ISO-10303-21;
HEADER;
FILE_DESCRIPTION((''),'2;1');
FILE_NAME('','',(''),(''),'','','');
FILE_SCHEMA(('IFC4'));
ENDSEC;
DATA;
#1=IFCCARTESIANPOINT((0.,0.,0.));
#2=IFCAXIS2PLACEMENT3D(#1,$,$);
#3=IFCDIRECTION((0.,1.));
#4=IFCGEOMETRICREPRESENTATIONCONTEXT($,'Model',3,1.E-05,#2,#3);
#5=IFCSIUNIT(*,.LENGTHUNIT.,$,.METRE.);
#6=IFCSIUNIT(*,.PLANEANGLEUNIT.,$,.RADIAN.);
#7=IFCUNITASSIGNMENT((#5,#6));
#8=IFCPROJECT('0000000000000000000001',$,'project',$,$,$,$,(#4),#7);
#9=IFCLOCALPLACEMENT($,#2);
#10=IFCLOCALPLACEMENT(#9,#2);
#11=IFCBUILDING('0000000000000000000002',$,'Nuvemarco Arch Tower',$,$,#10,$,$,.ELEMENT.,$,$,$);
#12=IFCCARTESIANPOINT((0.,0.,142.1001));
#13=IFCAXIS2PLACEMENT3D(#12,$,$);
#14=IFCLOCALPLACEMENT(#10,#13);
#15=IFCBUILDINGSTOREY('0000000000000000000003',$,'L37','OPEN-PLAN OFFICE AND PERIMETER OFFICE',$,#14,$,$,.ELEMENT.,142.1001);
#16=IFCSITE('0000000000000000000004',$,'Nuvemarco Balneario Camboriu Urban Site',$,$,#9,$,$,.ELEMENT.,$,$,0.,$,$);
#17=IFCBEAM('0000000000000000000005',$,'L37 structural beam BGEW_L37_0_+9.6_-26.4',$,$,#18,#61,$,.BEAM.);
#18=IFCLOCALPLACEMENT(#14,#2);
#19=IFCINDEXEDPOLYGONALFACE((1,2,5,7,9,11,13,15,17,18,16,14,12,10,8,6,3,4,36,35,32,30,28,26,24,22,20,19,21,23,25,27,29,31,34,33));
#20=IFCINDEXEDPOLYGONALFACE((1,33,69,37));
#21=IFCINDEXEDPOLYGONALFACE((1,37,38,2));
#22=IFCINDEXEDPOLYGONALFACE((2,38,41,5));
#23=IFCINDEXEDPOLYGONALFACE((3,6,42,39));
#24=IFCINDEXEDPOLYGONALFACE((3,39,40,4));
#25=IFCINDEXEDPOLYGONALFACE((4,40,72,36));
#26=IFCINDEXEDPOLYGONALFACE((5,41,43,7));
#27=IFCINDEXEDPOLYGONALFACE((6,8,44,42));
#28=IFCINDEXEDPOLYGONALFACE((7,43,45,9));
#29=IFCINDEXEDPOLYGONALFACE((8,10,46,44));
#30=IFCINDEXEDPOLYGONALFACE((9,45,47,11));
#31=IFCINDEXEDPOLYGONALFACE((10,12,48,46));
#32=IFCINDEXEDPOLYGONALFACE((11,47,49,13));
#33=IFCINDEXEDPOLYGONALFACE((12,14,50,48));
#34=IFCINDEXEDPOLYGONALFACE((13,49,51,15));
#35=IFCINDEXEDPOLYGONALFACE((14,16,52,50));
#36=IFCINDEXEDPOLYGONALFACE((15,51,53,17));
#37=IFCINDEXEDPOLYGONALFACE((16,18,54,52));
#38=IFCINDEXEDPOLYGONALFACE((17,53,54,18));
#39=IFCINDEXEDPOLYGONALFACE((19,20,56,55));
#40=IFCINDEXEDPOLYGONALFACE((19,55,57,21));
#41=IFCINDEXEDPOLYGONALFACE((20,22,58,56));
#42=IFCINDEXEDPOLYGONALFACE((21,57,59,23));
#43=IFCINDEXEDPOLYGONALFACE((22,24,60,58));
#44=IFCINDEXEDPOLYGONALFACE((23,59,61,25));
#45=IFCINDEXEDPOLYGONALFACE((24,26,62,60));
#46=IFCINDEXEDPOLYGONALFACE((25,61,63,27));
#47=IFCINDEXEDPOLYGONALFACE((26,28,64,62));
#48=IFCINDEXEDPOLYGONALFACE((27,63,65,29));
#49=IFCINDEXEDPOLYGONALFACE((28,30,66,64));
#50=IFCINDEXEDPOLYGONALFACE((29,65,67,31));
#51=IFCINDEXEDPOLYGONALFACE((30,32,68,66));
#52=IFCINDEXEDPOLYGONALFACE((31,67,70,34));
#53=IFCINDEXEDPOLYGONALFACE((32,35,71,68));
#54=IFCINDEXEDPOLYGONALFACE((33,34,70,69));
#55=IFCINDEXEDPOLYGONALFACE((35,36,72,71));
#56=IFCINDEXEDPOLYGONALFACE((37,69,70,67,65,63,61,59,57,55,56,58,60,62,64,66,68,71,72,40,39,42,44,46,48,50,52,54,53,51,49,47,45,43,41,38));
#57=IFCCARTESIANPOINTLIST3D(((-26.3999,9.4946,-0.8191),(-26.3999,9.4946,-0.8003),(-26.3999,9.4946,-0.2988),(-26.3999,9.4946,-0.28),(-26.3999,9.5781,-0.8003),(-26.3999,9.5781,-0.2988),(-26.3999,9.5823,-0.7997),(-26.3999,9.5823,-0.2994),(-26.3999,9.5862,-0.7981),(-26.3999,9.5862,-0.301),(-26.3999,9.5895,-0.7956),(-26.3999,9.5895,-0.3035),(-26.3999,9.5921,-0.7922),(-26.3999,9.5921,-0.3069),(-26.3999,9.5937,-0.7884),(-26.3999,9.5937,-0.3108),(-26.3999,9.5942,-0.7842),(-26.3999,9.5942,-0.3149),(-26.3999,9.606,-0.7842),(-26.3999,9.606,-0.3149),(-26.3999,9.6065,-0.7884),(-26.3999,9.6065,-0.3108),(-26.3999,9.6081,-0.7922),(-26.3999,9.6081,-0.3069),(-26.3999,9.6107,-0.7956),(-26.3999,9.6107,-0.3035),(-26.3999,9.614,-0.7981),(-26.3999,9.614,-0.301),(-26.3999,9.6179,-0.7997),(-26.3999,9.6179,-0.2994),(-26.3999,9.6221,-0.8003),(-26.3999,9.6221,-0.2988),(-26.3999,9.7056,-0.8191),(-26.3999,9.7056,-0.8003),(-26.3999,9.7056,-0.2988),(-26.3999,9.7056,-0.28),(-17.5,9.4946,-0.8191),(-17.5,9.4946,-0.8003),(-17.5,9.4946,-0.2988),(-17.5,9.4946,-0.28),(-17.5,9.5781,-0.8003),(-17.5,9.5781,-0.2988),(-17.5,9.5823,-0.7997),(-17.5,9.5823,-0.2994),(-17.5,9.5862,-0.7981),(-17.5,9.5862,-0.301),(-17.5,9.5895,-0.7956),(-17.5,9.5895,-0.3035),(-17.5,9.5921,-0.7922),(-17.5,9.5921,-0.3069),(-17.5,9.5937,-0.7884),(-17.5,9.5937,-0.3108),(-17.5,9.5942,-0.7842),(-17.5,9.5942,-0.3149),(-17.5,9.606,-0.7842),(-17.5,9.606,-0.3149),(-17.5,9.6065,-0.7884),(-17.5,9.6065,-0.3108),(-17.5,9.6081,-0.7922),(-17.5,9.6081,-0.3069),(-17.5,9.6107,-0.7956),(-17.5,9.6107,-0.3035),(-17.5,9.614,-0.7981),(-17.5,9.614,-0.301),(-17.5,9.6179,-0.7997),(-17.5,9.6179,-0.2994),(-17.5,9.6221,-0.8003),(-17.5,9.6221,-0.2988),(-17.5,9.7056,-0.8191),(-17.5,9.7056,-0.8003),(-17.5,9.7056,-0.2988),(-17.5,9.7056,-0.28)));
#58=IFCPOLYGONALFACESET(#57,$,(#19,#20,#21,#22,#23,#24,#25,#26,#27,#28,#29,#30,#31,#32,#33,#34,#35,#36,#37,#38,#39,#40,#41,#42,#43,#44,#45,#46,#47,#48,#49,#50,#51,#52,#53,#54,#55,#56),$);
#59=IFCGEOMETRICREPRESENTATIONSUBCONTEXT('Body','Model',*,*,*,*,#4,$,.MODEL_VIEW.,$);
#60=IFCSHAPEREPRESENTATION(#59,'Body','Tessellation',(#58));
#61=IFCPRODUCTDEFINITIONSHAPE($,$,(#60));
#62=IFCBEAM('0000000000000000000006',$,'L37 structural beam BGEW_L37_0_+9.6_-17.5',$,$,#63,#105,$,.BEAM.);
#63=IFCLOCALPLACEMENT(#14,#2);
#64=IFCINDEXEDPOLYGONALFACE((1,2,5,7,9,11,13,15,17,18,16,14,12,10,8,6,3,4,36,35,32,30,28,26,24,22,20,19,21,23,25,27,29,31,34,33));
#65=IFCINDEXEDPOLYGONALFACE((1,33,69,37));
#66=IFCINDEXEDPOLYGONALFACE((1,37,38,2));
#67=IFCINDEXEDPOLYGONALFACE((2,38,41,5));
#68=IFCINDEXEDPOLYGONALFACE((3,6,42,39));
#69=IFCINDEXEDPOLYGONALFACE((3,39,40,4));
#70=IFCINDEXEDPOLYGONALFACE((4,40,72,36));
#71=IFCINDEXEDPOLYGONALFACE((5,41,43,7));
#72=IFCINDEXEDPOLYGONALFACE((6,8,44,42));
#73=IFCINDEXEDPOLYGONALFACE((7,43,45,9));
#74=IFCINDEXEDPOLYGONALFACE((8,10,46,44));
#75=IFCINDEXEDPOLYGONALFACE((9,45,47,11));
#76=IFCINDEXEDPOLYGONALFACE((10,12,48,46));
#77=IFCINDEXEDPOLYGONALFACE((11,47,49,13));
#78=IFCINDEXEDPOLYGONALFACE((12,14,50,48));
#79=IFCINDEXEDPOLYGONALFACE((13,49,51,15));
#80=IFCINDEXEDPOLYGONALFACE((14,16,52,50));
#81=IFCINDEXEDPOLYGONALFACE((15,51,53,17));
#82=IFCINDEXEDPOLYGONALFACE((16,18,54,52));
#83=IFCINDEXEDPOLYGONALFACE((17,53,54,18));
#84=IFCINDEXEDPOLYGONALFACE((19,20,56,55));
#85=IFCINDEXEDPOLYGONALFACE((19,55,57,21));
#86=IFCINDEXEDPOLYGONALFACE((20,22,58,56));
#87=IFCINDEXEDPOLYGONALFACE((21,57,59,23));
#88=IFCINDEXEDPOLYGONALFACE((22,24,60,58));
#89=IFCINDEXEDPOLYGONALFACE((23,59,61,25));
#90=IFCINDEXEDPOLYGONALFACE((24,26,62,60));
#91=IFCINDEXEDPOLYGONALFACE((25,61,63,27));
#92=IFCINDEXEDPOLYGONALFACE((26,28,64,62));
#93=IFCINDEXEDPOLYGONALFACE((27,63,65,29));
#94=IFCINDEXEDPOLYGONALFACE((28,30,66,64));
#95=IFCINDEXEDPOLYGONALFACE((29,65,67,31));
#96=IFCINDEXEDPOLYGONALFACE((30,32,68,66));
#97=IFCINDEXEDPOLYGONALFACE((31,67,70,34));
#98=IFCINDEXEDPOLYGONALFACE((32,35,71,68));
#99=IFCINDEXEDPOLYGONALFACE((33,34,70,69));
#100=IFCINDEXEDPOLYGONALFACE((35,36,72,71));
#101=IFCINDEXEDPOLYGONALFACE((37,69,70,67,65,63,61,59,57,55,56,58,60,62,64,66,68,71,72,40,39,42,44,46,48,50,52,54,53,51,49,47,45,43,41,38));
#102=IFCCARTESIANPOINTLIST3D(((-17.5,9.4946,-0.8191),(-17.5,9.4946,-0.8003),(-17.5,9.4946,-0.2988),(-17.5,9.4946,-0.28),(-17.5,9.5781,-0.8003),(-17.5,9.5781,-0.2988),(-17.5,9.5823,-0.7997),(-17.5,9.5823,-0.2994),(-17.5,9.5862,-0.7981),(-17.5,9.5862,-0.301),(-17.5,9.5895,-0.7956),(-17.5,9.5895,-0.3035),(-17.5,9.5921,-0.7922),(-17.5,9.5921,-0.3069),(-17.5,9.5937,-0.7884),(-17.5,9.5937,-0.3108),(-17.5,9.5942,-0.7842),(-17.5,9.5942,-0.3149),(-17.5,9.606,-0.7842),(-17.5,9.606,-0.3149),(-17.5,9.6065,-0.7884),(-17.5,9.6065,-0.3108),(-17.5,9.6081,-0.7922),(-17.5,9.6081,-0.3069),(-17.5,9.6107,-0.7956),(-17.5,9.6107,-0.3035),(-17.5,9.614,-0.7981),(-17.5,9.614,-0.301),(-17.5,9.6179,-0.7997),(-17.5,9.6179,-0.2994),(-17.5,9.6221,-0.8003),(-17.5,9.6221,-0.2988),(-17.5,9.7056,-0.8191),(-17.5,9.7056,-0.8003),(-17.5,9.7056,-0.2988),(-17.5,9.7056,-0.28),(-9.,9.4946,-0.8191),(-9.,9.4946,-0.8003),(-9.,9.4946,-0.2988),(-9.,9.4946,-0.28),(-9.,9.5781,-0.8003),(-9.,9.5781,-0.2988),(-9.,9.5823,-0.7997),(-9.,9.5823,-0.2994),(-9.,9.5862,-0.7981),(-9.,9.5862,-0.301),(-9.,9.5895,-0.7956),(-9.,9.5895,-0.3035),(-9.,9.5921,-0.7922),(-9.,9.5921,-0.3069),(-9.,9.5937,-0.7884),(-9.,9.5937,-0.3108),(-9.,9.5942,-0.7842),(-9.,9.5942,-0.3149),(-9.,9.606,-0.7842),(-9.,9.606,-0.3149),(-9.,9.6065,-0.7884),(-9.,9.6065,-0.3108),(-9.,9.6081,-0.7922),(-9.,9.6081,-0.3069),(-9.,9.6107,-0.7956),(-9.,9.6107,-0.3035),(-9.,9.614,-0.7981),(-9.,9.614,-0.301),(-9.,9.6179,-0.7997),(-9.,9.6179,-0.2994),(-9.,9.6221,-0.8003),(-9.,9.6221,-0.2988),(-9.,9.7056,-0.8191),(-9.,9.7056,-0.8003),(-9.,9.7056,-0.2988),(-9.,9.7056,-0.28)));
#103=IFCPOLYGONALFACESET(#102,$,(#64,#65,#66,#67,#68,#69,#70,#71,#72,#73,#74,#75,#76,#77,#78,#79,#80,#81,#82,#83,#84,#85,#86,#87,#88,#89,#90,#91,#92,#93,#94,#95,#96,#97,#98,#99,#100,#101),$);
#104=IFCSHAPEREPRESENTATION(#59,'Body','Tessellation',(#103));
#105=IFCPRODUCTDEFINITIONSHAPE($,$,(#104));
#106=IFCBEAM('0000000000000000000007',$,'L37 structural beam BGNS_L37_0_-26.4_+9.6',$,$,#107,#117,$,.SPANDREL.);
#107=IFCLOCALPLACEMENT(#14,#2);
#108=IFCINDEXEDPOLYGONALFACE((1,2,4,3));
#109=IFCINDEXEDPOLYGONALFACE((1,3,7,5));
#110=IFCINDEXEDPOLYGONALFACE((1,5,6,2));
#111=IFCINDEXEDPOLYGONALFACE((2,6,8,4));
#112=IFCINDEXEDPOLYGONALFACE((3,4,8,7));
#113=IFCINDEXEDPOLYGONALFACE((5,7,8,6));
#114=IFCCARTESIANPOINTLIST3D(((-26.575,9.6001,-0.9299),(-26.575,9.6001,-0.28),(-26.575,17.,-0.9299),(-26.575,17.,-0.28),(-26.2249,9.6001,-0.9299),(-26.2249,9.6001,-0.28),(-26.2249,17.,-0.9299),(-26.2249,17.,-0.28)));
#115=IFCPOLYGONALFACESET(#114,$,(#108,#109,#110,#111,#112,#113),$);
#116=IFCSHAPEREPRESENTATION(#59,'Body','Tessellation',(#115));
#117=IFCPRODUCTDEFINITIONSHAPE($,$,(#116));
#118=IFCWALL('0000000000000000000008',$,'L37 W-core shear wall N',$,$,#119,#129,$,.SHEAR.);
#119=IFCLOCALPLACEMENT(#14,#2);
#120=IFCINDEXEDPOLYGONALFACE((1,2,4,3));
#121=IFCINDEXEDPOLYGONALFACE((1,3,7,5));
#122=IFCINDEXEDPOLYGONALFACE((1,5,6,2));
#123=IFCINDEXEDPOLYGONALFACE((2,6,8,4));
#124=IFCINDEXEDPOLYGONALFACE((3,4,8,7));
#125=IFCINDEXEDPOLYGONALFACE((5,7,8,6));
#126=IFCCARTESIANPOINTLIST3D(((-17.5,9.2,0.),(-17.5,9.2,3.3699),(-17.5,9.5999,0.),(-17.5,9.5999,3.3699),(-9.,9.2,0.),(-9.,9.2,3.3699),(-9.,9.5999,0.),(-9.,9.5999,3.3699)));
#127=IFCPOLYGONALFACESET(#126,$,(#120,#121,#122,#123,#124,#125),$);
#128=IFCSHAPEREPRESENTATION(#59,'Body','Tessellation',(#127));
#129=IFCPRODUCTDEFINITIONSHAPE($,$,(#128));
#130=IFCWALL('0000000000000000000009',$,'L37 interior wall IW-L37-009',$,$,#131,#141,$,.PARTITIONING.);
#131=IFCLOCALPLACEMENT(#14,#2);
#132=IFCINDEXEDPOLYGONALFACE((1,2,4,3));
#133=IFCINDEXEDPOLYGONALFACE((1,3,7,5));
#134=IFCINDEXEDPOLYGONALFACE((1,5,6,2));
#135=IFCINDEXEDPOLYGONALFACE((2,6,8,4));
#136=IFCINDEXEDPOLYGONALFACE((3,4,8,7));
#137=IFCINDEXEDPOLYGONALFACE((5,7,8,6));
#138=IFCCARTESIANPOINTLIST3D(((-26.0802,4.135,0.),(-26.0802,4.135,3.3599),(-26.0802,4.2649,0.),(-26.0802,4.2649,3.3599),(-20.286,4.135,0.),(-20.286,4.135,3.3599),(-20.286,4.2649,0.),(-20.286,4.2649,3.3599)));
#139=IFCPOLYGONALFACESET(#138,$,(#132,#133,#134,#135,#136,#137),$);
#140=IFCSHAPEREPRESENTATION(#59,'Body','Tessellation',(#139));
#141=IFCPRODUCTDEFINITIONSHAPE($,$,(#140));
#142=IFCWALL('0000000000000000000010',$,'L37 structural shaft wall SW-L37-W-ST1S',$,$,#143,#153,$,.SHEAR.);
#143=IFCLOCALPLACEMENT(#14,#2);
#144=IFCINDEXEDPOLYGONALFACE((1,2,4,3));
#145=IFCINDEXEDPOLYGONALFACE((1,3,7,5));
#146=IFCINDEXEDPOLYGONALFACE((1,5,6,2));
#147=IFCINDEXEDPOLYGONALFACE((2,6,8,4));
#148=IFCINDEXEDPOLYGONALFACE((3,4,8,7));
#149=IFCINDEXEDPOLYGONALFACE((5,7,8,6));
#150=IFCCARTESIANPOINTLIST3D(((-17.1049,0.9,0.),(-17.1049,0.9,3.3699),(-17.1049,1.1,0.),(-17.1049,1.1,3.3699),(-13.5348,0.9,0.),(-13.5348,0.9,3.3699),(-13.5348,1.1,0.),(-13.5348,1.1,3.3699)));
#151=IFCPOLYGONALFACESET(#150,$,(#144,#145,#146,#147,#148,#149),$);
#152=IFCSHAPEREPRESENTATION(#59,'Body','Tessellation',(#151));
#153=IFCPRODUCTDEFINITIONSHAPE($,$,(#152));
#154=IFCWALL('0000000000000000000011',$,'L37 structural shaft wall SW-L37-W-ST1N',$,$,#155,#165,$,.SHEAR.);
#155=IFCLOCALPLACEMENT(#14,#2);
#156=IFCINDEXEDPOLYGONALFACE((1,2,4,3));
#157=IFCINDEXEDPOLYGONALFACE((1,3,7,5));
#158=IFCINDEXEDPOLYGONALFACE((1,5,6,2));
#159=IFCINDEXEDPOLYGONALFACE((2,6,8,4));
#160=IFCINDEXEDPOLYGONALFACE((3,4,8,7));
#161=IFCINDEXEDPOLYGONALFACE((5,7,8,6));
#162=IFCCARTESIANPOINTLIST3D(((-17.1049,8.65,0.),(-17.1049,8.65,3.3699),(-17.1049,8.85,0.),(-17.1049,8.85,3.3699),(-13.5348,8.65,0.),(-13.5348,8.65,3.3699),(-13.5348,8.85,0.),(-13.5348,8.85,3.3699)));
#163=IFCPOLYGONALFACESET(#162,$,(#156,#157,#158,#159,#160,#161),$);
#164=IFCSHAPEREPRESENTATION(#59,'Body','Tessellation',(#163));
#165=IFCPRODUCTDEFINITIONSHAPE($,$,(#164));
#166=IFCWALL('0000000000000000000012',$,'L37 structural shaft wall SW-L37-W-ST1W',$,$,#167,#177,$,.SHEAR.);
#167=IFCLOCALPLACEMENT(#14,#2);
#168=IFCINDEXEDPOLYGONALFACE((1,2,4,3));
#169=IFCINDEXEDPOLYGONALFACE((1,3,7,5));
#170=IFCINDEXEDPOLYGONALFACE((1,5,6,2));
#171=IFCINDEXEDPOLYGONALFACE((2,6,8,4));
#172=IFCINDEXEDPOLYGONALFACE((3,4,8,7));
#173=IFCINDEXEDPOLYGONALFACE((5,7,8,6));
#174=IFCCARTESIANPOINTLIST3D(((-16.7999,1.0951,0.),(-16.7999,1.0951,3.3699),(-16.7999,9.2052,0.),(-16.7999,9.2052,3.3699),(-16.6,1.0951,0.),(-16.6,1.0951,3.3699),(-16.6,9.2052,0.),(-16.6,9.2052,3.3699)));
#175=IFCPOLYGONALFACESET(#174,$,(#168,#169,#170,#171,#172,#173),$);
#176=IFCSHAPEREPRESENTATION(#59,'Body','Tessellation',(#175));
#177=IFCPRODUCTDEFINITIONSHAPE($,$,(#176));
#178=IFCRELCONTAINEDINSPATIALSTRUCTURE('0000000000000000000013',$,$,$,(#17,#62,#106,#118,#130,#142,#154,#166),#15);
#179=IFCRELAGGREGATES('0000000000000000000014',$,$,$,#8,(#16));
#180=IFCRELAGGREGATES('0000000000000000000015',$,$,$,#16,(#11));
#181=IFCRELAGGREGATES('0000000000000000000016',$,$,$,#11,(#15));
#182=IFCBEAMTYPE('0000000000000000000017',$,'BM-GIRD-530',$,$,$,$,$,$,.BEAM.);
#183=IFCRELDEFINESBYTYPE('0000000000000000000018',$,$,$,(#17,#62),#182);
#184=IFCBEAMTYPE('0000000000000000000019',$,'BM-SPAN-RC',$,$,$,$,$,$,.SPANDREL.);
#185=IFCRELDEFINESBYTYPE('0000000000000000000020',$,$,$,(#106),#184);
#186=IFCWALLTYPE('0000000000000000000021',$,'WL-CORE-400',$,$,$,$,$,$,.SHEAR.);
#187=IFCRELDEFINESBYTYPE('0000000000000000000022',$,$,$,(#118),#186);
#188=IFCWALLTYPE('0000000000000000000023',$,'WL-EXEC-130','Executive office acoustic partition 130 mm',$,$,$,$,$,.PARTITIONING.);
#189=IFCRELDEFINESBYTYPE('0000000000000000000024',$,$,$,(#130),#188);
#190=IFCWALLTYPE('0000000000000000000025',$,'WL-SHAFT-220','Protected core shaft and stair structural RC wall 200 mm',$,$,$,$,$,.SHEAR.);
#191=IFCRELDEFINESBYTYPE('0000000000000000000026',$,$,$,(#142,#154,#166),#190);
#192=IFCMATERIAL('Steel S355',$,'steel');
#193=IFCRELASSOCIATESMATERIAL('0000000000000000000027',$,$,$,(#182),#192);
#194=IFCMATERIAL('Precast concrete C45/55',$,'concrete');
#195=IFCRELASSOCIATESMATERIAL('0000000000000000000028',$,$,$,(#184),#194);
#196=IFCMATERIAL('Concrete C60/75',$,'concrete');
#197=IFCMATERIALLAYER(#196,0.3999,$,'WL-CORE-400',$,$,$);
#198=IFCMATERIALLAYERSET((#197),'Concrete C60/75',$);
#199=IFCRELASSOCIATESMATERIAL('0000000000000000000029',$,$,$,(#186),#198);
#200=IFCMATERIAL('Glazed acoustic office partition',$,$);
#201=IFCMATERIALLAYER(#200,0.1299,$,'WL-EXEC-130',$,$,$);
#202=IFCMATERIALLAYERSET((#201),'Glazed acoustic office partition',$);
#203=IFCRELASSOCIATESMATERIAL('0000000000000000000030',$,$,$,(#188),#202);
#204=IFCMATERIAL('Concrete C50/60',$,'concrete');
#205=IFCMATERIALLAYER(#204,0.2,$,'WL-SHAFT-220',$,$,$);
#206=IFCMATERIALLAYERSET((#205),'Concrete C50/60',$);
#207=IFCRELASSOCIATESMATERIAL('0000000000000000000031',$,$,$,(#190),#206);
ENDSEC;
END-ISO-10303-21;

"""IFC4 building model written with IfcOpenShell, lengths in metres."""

from ifc_helpers import new_model, si_unit, direction, frame, frame_2d, origin, origin_2d, place, context, subcontext, project, spatial, rectangle, i_section, extrude, material, layer, layer_set, material_profile, profile_set, type_object, element, save


model = new_model("IFC4")

# Units and contexts
model_context = context("Model", 3, precision=1e-05, world=origin(), true_north=direction((0.0, 1.0)))
body_context = subcontext(model_context, "Body", "Model", "MODEL_VIEW")
ifc_project = project(units=[si_unit("LENGTHUNIT", "METRE"), si_unit("PLANEANGLEUNIT", "RADIAN")], contexts=[model_context])

# Site, building, storey
site_placement = place(None, origin())
site = spatial("IfcSite", under=ifc_project, at=site_placement, Name="Nuvemarco Balneario Camboriu Urban Site", CompositionType="ELEMENT", RefElevation=0.0)
building_placement = place(site_placement, origin())
building = spatial("IfcBuilding", under=site, at=building_placement, Name="Nuvemarco Arch Tower", CompositionType="ELEMENT")
storey_placement = place(building_placement, frame((0.0, 0.0, 142.1001)))
storey = spatial("IfcBuildingStorey", under=building, at=storey_placement, Name="L37", Description="OPEN-PLAN OFFICE AND PERIMETER OFFICE", CompositionType="ELEMENT", Elevation=142.1001)

# Shared definitions
ifc_material_1 = material(Name="Concrete C50/60", Category="concrete")
ifc_material_2 = material(Name="Steel S355", Category="steel")

# Beams
ifc_material_profile_1 = material_profile(ifc_material_2, i_section(OverallWidth=0.2109, OverallDepth=0.5391, WebThickness=0.0117, FlangeThickness=0.0188, FilletRadius=0.0161, at=origin_2d()), Name="W530x109")
ifc_profile_set_1 = profile_set([ifc_material_profile_1], Name="Steel S355")
beam_type_1 = type_object("IfcBeamType", Name="BM-GIRD-530", PredefinedType="BEAM", material=ifc_profile_set_1)
beam_1_placement = place(storey_placement, frame((-26.3999, 9.6001, -0.5496), z_axis=(1.0, 0.0, 0.0), x_axis=(0.0, 1.0, 0.0)))
element("IfcBeam", 1, at=beam_1_placement, inside=storey, type_object=beam_type_1, Name="L37 structural beam BGEW_L37_0_+9.6_-26.4", PredefinedType="BEAM", context=body_context, shape_type="SweptSolid", body=[
    extrude(i_section(OverallWidth=0.2109, OverallDepth=0.5391, WebThickness=0.0117, FlangeThickness=0.0188, FilletRadius=0.0161, at=origin_2d()), origin(), (0.0, 0.0, 1.0), 8.8999),
])
beam_2_placement = place(storey_placement, frame((-17.5, 9.6001, -0.5496), z_axis=(1.0, 0.0, 0.0), x_axis=(0.0, 1.0, 0.0)))
element("IfcBeam", 2, at=beam_2_placement, inside=storey, type_object=beam_type_1, Name="L37 structural beam BGEW_L37_0_+9.6_-17.5", PredefinedType="BEAM", context=body_context, shape_type="SweptSolid", body=[
    extrude(i_section(OverallWidth=0.2109, OverallDepth=0.5391, WebThickness=0.0117, FlangeThickness=0.0188, FilletRadius=0.0161, at=origin_2d()), origin(), (0.0, 0.0, 1.0), 8.5),
])
ifc_material_3 = material(Name="Precast concrete C45/55", Category="concrete")
ifc_material_profile_2 = material_profile(ifc_material_3, rectangle(XDim=0.3501, YDim=0.6499, at=origin_2d()), Name="PC-SP-350x650")
ifc_profile_set_2 = profile_set([ifc_material_profile_2], Name="Precast concrete C45/55")
beam_type_2 = type_object("IfcBeamType", Name="BM-SPAN-RC", PredefinedType="SPANDREL", material=ifc_profile_set_2)
beam_3_placement = place(storey_placement, frame((-26.3999, 9.6001, -0.605), z_axis=(0.0, 1.0, 0.0), x_axis=(-1.0, 0.0, 0.0)))
element("IfcBeam", 3, at=beam_3_placement, inside=storey, type_object=beam_type_2, Name="L37 structural beam BGNS_L37_0_-26.4_+9.6", PredefinedType="SPANDREL", context=body_context, shape_type="SweptSolid", body=[
    extrude(rectangle(XDim=0.3501, YDim=0.6499, at=origin_2d()), origin(), (0.0, 0.0, 1.0), 7.3999),
])

# Walls
ifc_material_4 = material(Name="Concrete C60/75", Category="concrete")
ifc_layer_1 = layer(ifc_material_4, 0.3999, Name="WL-CORE-400")
ifc_layer_set_1 = layer_set([ifc_layer_1], Name="Concrete C60/75")
wall_type_1 = type_object("IfcWallType", Name="WL-CORE-400", PredefinedType="SHEAR", material=ifc_layer_set_1)
wall_1_placement = place(storey_placement, frame((-17.5, 9.3999, 0.0), z_axis=(0.0, 0.0, 1.0), x_axis=(1.0, 0.0, 0.0)))
element("IfcWall", 4, at=wall_1_placement, inside=storey, type_object=wall_type_1, Name="L37 W-core shear wall N", PredefinedType="SHEAR", context=body_context, shape_type="SweptSolid", body=[
    extrude(rectangle(XDim=8.5, YDim=0.3999, at=frame_2d((4.25, 0.0))), origin(), (0.0, 0.0, 1.0), 3.3699),
])
ifc_material_5 = material(Name="Glazed acoustic office partition")
ifc_layer_2 = layer(ifc_material_5, 0.1299, Name="WL-EXEC-130")
ifc_layer_set_2 = layer_set([ifc_layer_2], Name="Glazed acoustic office partition")
wall_type_2 = type_object("IfcWallType", Name="WL-EXEC-130", Description="Executive office acoustic partition 130 mm", PredefinedType="PARTITIONING", material=ifc_layer_set_2)
wall_2_placement = place(storey_placement, frame((-26.0801, 4.2, 0.0), z_axis=(0.0, 0.0, 1.0), x_axis=(1.0, 0.0, 0.0)))
element("IfcWall", 5, at=wall_2_placement, inside=storey, type_object=wall_type_2, Name="L37 interior wall IW-L37-009", PredefinedType="PARTITIONING", context=body_context, shape_type="SweptSolid", body=[
    extrude(rectangle(XDim=5.7942, YDim=0.1299, at=frame_2d((2.897, 0.0))), origin(), (0.0, 0.0, 1.0), 3.3599),
])
ifc_layer_3 = layer(ifc_material_1, 0.2, Name="WL-SHAFT-220")
ifc_layer_set_3 = layer_set([ifc_layer_3], Name="Concrete C50/60")
wall_type_3 = type_object("IfcWallType", Name="WL-SHAFT-220", Description="Protected core shaft and stair structural RC wall 200 mm", PredefinedType="SHEAR", material=ifc_layer_set_3)
for number, where, z_axis, x_axis, name in (
    (6, (-17.105, 1.0, 0.0), (0.0, 0.0, 1.0), (1.0, 0.0, 0.0), "L37 structural shaft wall SW-L37-W-ST1S"),
    (7, (-17.105, 8.75, 0.0), (0.0, 0.0, 1.0), (1.0, 0.0, 0.0), "L37 structural shaft wall SW-L37-W-ST1N"),
):
    element("IfcWall", number, at=place(storey_placement, frame(where, z_axis=z_axis, x_axis=x_axis)), inside=storey, type_object=wall_type_3, Name=name, PredefinedType="SHEAR", context=body_context, shape_type="SweptSolid", body=[
        extrude(rectangle(XDim=3.5701, YDim=0.2, at=frame_2d((1.7852, 0.0))), origin(), (0.0, 0.0, 1.0), 3.3699),
    ])
wall_3_placement = place(storey_placement, frame((-16.7, 1.095, 0.0), z_axis=(0.0, 0.0, 1.0), x_axis=(0.0, 1.0, 0.0)))
element("IfcWall", 8, at=wall_3_placement, inside=storey, type_object=wall_type_3, Name="L37 structural shaft wall SW-L37-W-ST1W", PredefinedType="SHEAR", context=body_context, shape_type="SweptSolid", body=[
    extrude(rectangle(XDim=8.1101, YDim=0.2, at=frame_2d((4.0552, 0.0))), origin(), (0.0, 0.0, 1.0), 3.3699),
])

save(model, "model.ifc")
